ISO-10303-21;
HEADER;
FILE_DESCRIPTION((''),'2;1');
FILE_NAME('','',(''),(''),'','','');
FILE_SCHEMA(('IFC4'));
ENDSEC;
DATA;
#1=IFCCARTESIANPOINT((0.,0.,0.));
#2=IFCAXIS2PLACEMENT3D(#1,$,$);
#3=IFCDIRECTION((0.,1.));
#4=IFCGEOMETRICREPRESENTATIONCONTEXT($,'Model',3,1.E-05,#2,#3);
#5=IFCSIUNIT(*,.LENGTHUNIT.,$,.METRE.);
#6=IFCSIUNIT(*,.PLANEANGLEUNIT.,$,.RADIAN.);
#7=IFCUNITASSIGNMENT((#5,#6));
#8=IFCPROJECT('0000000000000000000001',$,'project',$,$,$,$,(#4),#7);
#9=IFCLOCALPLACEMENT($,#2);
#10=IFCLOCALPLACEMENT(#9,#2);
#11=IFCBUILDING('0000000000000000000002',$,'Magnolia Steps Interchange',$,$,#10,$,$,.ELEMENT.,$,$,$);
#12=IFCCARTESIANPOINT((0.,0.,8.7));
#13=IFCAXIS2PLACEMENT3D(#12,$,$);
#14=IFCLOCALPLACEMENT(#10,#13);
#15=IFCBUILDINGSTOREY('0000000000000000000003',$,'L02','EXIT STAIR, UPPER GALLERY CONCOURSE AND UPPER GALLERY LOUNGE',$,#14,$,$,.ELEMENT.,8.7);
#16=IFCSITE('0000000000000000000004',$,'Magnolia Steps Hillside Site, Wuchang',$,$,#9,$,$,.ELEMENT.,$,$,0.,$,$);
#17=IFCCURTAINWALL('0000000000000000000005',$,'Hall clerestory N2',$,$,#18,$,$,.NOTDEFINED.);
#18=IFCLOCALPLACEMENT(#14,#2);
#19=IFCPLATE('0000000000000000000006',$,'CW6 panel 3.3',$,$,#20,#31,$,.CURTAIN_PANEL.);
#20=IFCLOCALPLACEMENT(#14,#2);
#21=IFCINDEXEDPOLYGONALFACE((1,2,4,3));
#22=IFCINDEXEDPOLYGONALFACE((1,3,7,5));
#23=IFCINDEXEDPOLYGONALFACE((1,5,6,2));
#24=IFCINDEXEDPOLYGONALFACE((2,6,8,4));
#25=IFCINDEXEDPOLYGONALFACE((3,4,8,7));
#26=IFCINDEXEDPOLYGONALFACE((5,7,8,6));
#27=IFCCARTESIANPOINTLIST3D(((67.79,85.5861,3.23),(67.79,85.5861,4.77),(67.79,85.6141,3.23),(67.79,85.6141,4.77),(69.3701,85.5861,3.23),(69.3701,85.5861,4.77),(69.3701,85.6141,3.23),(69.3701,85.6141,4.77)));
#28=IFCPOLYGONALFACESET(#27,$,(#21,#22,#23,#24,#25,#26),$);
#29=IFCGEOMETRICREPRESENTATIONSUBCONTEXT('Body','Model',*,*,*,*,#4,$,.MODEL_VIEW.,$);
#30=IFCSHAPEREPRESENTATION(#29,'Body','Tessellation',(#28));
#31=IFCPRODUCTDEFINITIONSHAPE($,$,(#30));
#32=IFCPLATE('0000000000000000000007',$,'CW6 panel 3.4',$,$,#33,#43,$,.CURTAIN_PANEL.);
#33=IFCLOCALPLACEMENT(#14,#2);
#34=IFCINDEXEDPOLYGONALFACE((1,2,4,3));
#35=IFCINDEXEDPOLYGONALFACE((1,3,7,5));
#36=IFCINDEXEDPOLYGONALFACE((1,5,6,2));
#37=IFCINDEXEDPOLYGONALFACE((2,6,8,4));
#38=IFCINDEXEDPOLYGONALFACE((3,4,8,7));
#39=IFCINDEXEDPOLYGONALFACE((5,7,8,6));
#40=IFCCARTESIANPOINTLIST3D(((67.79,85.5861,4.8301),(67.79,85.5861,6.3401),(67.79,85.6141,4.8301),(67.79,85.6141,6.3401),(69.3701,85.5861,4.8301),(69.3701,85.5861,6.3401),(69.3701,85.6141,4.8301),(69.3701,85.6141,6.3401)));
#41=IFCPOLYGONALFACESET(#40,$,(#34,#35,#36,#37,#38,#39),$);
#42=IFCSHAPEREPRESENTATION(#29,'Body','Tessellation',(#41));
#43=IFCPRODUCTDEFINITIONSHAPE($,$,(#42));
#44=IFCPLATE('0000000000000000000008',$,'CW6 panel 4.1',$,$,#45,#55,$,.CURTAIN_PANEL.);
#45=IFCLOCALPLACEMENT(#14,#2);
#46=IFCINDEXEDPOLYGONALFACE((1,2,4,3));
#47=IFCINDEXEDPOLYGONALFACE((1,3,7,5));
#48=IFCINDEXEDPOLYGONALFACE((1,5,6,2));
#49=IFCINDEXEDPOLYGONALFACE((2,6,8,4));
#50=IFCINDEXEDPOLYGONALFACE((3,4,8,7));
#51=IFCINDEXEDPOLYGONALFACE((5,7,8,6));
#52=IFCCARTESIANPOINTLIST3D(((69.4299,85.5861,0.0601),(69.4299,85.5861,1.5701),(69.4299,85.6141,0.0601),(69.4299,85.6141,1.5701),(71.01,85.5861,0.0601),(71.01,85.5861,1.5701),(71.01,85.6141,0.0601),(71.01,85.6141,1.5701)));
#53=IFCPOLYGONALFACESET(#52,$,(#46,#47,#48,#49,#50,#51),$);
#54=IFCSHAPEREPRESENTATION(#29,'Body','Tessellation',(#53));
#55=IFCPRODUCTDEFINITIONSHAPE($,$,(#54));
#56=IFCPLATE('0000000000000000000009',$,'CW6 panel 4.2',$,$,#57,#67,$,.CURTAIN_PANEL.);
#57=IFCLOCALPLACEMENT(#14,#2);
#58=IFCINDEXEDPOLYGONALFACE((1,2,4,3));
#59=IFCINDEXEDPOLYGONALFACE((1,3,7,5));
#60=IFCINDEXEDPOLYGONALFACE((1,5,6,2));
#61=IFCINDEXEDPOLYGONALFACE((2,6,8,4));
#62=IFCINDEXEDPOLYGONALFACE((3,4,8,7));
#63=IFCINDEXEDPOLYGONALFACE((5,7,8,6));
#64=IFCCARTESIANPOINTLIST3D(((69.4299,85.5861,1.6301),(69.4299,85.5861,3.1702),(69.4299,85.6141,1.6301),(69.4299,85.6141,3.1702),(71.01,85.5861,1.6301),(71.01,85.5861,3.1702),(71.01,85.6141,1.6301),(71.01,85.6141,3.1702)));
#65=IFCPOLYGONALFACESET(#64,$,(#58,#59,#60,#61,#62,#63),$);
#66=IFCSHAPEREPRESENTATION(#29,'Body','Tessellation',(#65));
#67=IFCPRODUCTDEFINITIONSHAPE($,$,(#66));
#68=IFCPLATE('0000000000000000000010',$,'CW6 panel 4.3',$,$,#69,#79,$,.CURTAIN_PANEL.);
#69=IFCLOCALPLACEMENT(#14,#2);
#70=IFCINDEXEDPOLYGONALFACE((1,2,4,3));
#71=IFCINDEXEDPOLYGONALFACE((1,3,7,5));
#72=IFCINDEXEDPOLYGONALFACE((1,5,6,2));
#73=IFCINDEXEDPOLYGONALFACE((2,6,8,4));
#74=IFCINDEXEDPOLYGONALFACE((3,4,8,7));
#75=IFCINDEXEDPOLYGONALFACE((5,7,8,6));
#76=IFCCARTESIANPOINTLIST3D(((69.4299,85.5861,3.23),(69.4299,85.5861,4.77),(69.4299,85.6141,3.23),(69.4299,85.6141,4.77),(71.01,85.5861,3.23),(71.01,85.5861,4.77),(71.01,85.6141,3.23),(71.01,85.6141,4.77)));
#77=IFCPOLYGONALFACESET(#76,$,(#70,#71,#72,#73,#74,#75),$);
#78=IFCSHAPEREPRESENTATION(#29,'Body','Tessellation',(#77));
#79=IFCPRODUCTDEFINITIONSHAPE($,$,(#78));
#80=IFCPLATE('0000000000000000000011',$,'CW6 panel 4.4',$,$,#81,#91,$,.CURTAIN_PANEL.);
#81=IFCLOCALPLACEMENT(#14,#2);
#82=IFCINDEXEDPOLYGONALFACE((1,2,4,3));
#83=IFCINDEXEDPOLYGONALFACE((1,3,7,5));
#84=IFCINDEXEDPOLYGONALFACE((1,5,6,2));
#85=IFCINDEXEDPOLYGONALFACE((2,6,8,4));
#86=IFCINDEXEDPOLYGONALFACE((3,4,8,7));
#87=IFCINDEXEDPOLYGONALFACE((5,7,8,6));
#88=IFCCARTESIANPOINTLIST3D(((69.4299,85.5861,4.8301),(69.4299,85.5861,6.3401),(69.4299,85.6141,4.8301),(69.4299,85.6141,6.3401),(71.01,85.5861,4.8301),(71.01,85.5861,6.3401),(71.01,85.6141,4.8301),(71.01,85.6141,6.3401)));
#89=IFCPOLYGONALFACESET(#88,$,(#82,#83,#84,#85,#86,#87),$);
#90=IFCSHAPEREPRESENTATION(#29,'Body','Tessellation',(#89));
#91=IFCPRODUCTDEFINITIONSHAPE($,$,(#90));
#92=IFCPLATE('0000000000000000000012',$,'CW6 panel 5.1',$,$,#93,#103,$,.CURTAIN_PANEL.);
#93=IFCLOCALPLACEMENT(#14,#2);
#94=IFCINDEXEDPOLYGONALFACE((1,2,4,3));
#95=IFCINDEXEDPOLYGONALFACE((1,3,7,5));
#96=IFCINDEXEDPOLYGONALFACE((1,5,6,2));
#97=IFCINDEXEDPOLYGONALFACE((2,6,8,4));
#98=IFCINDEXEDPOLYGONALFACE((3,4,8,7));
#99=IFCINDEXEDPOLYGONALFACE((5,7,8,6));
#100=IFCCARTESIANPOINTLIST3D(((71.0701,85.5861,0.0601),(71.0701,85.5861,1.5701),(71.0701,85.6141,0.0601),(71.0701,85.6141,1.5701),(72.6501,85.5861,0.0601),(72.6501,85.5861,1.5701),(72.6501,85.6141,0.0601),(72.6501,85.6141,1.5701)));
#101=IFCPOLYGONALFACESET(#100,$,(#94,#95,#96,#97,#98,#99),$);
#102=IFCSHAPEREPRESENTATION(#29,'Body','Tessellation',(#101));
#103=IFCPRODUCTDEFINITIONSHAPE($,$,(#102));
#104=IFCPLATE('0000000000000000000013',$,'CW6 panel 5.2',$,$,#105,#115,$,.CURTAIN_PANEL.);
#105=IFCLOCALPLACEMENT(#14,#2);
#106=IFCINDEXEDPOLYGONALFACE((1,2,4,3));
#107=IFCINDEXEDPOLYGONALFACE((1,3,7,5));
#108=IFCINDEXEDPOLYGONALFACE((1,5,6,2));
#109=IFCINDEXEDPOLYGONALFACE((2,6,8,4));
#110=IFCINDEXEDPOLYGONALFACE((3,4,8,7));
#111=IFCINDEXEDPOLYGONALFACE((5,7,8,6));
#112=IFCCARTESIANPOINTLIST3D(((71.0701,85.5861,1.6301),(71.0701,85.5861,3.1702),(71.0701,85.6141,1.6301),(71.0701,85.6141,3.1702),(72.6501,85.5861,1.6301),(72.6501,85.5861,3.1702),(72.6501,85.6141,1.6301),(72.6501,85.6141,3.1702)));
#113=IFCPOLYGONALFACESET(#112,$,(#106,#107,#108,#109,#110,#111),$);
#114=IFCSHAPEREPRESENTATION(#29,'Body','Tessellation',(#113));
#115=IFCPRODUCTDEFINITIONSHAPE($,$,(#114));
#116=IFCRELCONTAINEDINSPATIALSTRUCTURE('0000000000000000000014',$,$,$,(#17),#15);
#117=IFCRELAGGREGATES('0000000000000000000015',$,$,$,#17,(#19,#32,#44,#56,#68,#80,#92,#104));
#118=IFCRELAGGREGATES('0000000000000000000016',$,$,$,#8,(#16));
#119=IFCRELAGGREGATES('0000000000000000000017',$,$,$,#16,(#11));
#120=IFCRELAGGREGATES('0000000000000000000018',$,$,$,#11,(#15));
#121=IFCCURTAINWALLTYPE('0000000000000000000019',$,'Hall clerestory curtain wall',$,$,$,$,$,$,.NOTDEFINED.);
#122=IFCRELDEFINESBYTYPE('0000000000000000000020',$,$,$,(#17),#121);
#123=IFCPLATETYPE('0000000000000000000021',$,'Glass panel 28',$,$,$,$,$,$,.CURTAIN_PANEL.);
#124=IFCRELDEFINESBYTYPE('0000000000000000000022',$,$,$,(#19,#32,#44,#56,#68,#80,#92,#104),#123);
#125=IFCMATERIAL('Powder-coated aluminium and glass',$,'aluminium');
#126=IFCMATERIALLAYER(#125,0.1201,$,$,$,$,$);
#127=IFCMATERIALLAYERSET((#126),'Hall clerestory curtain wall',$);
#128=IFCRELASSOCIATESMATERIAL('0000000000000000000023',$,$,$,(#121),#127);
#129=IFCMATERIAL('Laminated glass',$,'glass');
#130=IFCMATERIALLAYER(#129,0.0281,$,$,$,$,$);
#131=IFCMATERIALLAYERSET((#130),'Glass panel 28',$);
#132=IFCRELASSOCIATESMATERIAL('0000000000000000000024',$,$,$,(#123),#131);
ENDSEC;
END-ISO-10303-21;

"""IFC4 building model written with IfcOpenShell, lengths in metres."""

from ifc_helpers import new_model, si_unit, direction, frame, origin, origin_2d, place, context, subcontext, project, spatial, rectangle, extrude, material, layer, layer_set, type_object, element, aggregate, save


model = new_model("IFC4")

# Units and contexts
model_context = context("Model", 3, precision=1e-05, world=origin(), true_north=direction((0.0, 1.0)))
body_context = subcontext(model_context, "Body", "Model", "MODEL_VIEW")
ifc_project = project(units=[si_unit("LENGTHUNIT", "METRE"), si_unit("PLANEANGLEUNIT", "RADIAN")], contexts=[model_context])

# Site, building, storey
site_placement = place(None, origin())
site = spatial("IfcSite", under=ifc_project, at=site_placement, Name="Magnolia Steps Hillside Site, Wuchang", CompositionType="ELEMENT", RefElevation=0.0)
building_placement = place(site_placement, origin())
building = spatial("IfcBuilding", under=site, at=building_placement, Name="Magnolia Steps Interchange", CompositionType="ELEMENT")
storey_placement = place(building_placement, frame((0.0, 0.0, 8.7)))
storey = spatial("IfcBuildingStorey", under=building, at=storey_placement, Name="L02", Description="EXIT STAIR, UPPER GALLERY CONCOURSE AND UPPER GALLERY LOUNGE", CompositionType="ELEMENT", Elevation=8.7)

# Curtain wall, plates
ifc_material_1 = material(Name="Powder-coated aluminium and glass", Category="aluminium")
ifc_layer_1 = layer(ifc_material_1, 0.1201)
ifc_layer_set_1 = layer_set([ifc_layer_1], Name="Hall clerestory curtain wall")
curtain_wall_type = type_object("IfcCurtainWallType", Name="Hall clerestory curtain wall", PredefinedType="NOTDEFINED", material=ifc_layer_set_1)
curtain_wall_placement = place(storey_placement, origin())
curtain_wall = element("IfcCurtainWall", 1, at=curtain_wall_placement, inside=storey, type_object=curtain_wall_type, Name="Hall clerestory N2", PredefinedType="NOTDEFINED")
ifc_material_2 = material(Name="Laminated glass", Category="glass")
ifc_layer_2 = layer(ifc_material_2, 0.0281)
ifc_layer_set_2 = layer_set([ifc_layer_2], Name="Glass panel 28")
plate_type = type_object("IfcPlateType", Name="Glass panel 28", PredefinedType="CURTAIN_PANEL", material=ifc_layer_set_2)
plate_1_placement = place(storey_placement, frame((68.5801, 85.6001, 3.23), z_axis=(0.0, 0.0, 1.0), x_axis=(1.0, 0.0, 0.0)))
plate_1 = element("IfcPlate", 2, at=plate_1_placement, type_object=plate_type, Name="CW6 panel 3.3", PredefinedType="CURTAIN_PANEL", context=body_context, shape_type="SweptSolid", body=[
    extrude(rectangle(XDim=1.5801, YDim=0.0281, at=origin_2d()), origin(), (0.0, 0.0, 1.0), 1.54),
])
plate_2_placement = place(storey_placement, frame((68.5801, 85.6001, 4.8301), z_axis=(0.0, 0.0, 1.0), x_axis=(1.0, 0.0, 0.0)))
plate_2 = element("IfcPlate", 3, at=plate_2_placement, type_object=plate_type, Name="CW6 panel 3.4", PredefinedType="CURTAIN_PANEL", context=body_context, shape_type="SweptSolid", body=[
    extrude(rectangle(XDim=1.5801, YDim=0.0281, at=origin_2d()), origin(), (0.0, 0.0, 1.0), 1.51),
])
plate_3_placement = place(storey_placement, frame((70.22, 85.6001, 0.0601), z_axis=(0.0, 0.0, 1.0), x_axis=(1.0, 0.0, 0.0)))
plate_3 = element("IfcPlate", 4, at=plate_3_placement, type_object=plate_type, Name="CW6 panel 4.1", PredefinedType="CURTAIN_PANEL", context=body_context, shape_type="SweptSolid", body=[
    extrude(rectangle(XDim=1.5801, YDim=0.0281, at=origin_2d()), origin(), (0.0, 0.0, 1.0), 1.51),
])
plate_4_placement = place(storey_placement, frame((70.22, 85.6001, 1.6301), z_axis=(0.0, 0.0, 1.0), x_axis=(1.0, 0.0, 0.0)))
plate_4 = element("IfcPlate", 5, at=plate_4_placement, type_object=plate_type, Name="CW6 panel 4.2", PredefinedType="CURTAIN_PANEL", context=body_context, shape_type="SweptSolid", body=[
    extrude(rectangle(XDim=1.5801, YDim=0.0281, at=origin_2d()), origin(), (0.0, 0.0, 1.0), 1.54),
])
plate_5_placement = place(storey_placement, frame((70.22, 85.6001, 3.23), z_axis=(0.0, 0.0, 1.0), x_axis=(1.0, 0.0, 0.0)))
plate_5 = element("IfcPlate", 6, at=plate_5_placement, type_object=plate_type, Name="CW6 panel 4.3", PredefinedType="CURTAIN_PANEL", context=body_context, shape_type="SweptSolid", body=[
    extrude(rectangle(XDim=1.5801, YDim=0.0281, at=origin_2d()), origin(), (0.0, 0.0, 1.0), 1.54),
])
plate_6_placement = place(storey_placement, frame((70.22, 85.6001, 4.8301), z_axis=(0.0, 0.0, 1.0), x_axis=(1.0, 0.0, 0.0)))
plate_6 = element("IfcPlate", 7, at=plate_6_placement, type_object=plate_type, Name="CW6 panel 4.4", PredefinedType="CURTAIN_PANEL", context=body_context, shape_type="SweptSolid", body=[
    extrude(rectangle(XDim=1.5801, YDim=0.0281, at=origin_2d()), origin(), (0.0, 0.0, 1.0), 1.51),
])
plate_7_placement = place(storey_placement, frame((71.8601, 85.6001, 0.0601), z_axis=(0.0, 0.0, 1.0), x_axis=(1.0, 0.0, 0.0)))
plate_7 = element("IfcPlate", 8, at=plate_7_placement, type_object=plate_type, Name="CW6 panel 5.1", PredefinedType="CURTAIN_PANEL", context=body_context, shape_type="SweptSolid", body=[
    extrude(rectangle(XDim=1.5801, YDim=0.0281, at=origin_2d()), origin(), (0.0, 0.0, 1.0), 1.51),
])
plate_8_placement = place(storey_placement, frame((71.8601, 85.6001, 1.6301), z_axis=(0.0, 0.0, 1.0), x_axis=(1.0, 0.0, 0.0)))
plate_8 = element("IfcPlate", 9, at=plate_8_placement, type_object=plate_type, Name="CW6 panel 5.2", PredefinedType="CURTAIN_PANEL", context=body_context, shape_type="SweptSolid", body=[
    extrude(rectangle(XDim=1.5801, YDim=0.0281, at=origin_2d()), origin(), (0.0, 0.0, 1.0), 1.54),
])
aggregate(curtain_wall, [plate_1, plate_2, plate_3, plate_4, plate_5, plate_6, plate_7, plate_8])

save(model, "model.ifc")
